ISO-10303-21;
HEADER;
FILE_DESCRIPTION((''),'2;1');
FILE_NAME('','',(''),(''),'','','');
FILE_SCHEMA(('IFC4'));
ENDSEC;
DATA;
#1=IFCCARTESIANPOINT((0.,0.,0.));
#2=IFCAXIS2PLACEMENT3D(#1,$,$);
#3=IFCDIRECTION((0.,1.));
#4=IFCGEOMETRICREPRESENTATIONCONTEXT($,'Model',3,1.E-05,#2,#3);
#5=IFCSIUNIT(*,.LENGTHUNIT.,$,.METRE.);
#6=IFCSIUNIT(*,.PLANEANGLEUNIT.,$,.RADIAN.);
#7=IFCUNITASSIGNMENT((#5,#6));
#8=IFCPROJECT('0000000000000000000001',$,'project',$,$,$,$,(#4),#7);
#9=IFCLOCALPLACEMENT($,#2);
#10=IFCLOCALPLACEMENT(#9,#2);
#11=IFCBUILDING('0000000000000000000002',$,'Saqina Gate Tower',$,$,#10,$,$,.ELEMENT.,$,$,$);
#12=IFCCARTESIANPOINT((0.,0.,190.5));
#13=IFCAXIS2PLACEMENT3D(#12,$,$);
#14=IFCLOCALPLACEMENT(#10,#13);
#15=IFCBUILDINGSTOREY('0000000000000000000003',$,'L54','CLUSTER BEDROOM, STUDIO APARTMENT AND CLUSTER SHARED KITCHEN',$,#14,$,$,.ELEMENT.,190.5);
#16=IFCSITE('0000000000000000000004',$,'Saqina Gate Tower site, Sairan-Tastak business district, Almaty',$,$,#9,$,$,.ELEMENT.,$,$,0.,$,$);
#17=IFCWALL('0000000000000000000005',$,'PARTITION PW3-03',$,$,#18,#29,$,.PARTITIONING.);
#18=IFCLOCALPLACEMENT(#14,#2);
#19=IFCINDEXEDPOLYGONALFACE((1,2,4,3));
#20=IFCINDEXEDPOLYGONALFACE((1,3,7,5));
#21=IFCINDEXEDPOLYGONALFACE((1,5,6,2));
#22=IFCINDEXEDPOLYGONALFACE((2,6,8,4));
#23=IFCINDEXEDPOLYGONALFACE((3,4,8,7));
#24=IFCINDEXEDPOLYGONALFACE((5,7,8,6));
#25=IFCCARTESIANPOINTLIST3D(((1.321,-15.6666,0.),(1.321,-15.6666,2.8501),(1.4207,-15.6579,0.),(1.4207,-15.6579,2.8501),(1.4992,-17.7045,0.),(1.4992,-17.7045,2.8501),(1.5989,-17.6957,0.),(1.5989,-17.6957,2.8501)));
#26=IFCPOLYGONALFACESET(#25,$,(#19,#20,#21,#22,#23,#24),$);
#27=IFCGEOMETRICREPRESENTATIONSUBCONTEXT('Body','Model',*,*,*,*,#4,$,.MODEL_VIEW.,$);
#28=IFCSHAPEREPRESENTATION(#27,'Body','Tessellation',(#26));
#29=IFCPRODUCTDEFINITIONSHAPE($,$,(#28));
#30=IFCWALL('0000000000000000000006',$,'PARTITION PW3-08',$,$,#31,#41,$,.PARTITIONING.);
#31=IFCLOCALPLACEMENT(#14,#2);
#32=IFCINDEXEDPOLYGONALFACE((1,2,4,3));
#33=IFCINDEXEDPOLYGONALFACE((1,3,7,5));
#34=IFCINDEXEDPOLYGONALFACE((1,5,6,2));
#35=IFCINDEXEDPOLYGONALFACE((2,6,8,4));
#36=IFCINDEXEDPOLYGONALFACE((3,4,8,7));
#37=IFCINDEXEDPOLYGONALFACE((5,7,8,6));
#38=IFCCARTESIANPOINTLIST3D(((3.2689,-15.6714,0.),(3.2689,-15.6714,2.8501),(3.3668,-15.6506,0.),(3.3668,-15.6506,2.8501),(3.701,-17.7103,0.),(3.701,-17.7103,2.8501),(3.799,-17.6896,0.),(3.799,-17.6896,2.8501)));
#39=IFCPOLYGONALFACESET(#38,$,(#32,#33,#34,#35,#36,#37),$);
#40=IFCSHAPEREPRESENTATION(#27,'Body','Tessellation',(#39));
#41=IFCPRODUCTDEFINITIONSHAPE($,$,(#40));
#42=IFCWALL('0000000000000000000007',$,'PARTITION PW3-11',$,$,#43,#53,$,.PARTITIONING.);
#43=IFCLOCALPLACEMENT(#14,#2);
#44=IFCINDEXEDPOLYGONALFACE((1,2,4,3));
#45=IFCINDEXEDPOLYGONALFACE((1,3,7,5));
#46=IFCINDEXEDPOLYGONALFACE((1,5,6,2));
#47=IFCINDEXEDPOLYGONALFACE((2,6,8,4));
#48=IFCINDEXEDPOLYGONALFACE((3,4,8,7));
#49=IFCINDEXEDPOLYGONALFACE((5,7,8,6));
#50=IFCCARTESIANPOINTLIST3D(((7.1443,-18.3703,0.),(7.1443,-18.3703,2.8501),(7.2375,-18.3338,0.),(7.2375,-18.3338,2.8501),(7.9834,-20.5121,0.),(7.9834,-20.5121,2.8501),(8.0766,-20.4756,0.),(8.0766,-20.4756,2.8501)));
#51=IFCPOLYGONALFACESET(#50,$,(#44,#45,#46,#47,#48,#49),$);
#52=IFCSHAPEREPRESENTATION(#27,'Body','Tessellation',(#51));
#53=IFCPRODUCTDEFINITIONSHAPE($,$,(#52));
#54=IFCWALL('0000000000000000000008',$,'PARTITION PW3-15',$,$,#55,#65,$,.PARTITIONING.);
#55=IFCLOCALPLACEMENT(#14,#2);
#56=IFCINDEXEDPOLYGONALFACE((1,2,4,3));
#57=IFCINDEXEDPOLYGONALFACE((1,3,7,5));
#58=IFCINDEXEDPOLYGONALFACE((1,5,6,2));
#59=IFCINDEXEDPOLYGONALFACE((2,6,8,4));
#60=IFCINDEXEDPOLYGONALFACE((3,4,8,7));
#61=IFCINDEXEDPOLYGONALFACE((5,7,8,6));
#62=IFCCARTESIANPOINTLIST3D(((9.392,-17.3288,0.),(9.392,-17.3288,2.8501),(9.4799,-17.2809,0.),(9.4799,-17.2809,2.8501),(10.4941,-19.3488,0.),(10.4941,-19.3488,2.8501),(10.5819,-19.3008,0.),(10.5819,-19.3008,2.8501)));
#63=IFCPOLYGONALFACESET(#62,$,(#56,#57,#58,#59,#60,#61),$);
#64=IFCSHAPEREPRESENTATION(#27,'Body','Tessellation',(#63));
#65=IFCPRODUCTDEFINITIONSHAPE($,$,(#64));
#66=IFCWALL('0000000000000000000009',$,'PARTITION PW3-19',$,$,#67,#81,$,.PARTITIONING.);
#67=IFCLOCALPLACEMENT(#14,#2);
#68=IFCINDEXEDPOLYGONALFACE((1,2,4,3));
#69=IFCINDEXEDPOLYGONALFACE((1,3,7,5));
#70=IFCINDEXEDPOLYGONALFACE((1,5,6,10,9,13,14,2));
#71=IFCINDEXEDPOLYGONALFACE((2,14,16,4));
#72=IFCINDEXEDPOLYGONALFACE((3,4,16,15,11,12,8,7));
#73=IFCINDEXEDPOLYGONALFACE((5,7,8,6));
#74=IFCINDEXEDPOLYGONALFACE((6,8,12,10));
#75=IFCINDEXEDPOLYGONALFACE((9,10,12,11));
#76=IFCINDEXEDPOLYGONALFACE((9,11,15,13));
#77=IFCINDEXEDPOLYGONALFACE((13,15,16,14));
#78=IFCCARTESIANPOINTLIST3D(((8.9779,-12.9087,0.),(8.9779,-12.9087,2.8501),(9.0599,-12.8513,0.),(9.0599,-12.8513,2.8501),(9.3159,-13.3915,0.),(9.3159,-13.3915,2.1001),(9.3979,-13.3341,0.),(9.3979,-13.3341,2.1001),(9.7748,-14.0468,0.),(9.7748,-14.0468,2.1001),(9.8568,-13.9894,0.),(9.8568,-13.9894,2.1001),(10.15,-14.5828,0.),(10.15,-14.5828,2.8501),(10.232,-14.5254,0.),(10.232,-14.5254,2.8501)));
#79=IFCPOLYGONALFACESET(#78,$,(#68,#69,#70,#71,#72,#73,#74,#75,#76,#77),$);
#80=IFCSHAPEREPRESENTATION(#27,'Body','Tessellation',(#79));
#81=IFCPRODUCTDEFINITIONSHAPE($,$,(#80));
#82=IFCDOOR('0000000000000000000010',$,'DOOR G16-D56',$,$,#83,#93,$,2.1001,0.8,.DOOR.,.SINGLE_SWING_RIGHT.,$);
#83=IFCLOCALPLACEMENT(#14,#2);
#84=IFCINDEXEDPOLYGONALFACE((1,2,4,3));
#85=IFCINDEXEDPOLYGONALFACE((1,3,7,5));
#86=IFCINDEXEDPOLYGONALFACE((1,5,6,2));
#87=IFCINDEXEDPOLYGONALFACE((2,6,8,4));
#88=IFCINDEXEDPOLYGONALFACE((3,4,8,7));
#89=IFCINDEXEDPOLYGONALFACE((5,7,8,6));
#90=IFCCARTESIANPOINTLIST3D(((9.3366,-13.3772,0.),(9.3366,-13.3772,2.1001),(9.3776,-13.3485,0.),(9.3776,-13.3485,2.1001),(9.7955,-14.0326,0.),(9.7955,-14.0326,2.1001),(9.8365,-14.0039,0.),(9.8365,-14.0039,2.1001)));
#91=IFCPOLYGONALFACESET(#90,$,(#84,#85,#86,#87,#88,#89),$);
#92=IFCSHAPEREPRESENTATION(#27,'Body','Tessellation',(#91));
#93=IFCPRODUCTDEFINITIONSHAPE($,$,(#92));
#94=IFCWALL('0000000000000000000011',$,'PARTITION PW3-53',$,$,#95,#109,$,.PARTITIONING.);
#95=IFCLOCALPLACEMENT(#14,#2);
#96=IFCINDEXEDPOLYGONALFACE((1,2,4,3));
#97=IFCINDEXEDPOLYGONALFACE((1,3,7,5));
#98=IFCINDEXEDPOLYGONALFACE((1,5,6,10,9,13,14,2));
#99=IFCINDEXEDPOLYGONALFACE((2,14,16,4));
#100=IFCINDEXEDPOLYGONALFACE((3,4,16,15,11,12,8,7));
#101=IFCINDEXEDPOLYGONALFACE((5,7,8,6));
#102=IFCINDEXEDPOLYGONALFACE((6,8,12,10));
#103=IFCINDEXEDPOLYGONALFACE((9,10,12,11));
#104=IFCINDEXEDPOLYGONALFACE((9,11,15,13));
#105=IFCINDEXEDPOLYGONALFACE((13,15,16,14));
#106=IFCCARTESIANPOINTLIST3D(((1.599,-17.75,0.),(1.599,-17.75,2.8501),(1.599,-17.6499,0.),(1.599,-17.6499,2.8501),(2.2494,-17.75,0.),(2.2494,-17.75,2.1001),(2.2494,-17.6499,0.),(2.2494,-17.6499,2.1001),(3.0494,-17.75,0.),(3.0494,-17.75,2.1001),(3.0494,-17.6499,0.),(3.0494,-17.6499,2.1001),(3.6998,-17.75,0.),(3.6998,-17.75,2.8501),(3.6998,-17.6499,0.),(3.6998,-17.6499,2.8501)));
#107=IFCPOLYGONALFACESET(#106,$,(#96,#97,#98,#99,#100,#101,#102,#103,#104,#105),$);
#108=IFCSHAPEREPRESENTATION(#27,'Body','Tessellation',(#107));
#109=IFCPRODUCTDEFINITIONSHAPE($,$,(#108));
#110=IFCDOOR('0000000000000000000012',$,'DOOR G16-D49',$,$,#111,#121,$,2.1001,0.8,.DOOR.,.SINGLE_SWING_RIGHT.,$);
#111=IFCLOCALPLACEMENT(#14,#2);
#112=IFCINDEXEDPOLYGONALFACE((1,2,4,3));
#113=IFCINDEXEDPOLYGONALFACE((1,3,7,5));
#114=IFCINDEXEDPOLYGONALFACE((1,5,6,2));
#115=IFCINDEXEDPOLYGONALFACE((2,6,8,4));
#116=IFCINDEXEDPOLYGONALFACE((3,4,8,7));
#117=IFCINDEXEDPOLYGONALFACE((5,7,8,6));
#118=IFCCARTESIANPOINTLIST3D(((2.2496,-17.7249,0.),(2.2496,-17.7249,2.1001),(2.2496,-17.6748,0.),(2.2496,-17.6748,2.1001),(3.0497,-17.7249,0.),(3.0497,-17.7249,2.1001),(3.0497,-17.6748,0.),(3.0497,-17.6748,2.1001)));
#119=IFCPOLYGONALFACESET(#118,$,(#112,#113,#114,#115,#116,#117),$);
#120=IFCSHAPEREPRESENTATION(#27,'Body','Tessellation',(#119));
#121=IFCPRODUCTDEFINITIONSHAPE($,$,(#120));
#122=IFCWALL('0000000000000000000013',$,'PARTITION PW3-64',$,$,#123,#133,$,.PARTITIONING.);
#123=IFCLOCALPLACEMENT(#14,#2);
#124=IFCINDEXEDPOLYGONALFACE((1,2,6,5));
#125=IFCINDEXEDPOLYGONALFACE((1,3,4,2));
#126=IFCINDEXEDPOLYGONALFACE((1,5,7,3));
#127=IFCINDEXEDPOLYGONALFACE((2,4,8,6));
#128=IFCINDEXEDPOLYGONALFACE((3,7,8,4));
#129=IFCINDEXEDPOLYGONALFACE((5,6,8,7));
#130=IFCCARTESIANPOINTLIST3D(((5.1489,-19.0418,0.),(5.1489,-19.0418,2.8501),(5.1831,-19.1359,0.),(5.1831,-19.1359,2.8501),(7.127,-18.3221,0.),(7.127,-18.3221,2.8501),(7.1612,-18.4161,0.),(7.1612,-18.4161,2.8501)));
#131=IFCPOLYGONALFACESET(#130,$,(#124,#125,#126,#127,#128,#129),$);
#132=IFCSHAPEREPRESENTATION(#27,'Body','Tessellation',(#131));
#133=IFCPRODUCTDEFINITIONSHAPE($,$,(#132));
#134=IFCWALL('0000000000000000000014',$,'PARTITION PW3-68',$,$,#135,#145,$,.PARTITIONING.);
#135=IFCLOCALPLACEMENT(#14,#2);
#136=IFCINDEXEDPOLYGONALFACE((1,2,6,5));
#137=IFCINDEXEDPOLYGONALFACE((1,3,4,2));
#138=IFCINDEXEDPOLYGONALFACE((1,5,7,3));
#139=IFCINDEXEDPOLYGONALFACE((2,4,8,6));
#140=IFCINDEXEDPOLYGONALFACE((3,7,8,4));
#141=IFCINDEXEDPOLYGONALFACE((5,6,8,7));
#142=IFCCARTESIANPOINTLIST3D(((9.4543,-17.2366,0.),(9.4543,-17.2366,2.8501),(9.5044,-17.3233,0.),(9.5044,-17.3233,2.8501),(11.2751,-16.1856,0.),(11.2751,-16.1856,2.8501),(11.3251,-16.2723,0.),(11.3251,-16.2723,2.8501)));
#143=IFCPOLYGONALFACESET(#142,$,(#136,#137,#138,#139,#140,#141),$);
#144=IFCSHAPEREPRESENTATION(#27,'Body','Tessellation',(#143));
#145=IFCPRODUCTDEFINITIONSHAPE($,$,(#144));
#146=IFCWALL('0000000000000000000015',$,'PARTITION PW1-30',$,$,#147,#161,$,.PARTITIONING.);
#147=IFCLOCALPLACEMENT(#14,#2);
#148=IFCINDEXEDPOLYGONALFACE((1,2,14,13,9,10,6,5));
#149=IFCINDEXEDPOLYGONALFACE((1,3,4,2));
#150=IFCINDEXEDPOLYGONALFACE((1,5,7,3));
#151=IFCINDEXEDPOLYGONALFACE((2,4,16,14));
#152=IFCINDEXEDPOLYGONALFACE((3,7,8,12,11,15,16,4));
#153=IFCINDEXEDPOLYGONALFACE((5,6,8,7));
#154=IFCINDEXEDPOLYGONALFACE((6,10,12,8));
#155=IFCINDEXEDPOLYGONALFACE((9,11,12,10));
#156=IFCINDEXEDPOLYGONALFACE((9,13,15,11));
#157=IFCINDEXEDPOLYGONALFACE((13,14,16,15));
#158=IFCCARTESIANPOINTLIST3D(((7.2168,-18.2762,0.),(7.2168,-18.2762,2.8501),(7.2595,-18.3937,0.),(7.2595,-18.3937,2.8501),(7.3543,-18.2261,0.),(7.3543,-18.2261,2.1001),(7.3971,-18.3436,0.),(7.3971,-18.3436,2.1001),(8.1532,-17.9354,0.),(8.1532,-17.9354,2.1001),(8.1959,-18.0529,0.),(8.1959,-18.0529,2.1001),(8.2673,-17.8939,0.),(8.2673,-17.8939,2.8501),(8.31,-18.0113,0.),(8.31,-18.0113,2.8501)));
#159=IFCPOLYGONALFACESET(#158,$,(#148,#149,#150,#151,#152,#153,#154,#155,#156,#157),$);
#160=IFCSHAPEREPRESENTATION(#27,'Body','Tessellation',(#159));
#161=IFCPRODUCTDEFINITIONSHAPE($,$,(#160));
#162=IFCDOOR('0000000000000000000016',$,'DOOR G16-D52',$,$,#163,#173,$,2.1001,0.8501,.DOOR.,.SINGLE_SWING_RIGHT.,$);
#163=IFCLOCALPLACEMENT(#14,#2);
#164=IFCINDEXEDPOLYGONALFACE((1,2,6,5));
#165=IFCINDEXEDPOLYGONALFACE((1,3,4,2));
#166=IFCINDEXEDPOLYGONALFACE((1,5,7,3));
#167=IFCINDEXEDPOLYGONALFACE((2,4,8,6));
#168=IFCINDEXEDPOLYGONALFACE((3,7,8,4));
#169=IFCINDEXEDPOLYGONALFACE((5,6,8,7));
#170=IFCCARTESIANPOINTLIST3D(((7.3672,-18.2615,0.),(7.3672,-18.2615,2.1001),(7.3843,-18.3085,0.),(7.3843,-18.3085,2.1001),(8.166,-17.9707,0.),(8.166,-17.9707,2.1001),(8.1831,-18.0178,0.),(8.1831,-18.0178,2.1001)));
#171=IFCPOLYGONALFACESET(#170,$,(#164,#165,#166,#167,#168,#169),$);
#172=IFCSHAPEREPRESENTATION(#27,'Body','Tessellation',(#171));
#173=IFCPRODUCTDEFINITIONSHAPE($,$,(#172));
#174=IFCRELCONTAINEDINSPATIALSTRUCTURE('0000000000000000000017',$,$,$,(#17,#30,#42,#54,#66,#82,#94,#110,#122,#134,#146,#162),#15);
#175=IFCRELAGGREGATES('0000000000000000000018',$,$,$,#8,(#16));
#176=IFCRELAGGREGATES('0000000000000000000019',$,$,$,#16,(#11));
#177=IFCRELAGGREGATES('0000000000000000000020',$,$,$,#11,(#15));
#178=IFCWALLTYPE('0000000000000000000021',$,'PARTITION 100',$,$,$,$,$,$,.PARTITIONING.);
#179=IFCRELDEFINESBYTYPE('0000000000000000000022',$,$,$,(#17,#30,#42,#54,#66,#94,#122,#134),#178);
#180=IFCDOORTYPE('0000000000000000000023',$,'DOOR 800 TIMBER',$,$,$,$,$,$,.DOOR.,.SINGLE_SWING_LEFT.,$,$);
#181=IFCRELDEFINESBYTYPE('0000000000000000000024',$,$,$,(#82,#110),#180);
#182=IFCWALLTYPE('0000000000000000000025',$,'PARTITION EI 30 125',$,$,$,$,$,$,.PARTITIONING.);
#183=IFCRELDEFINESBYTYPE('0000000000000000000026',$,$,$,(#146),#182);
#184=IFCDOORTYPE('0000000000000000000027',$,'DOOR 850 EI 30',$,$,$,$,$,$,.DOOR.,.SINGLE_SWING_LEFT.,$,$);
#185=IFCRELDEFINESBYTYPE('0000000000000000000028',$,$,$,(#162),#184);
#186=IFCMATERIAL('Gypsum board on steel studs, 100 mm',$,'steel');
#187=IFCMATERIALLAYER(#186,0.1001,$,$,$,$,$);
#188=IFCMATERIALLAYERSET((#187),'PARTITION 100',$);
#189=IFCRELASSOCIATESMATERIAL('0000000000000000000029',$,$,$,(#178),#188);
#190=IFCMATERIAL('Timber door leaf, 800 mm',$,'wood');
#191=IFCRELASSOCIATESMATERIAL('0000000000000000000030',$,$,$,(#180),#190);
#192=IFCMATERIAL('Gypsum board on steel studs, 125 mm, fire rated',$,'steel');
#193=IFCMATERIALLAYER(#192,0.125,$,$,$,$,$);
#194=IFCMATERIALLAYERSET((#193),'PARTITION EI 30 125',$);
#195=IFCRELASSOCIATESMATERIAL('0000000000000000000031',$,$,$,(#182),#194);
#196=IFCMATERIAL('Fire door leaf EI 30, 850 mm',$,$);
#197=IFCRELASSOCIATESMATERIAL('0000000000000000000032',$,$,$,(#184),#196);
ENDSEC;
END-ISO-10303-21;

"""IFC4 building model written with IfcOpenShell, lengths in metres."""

from ifc_helpers import new_model, si_unit, direction, frame, frame_2d, origin, place, context, subcontext, project, spatial, rectangle, extrude, material, layer, layer_set, type_object, element, fill, save


model = new_model("IFC4")

# Units and contexts
model_context = context("Model", 3, precision=1e-05, world=origin(), true_north=direction((0.0, 1.0)))
body_context = subcontext(model_context, "Body", "Model", "MODEL_VIEW")
ifc_project = project(units=[si_unit("LENGTHUNIT", "METRE"), si_unit("PLANEANGLEUNIT", "RADIAN")], contexts=[model_context])

# Site, building, storey
site_placement = place(None, origin())
site = spatial("IfcSite", under=ifc_project, at=site_placement, Name="Saqina Gate Tower site, Sairan-Tastak business district, Almaty", CompositionType="ELEMENT", RefElevation=0.0)
building_placement = place(site_placement, origin())
building = spatial("IfcBuilding", under=site, at=building_placement, Name="Saqina Gate Tower", CompositionType="ELEMENT")
storey_placement = place(building_placement, frame((0.0, 0.0, 190.5)))
storey = spatial("IfcBuildingStorey", under=building, at=storey_placement, Name="L54", Description="CLUSTER BEDROOM, STUDIO APARTMENT AND CLUSTER SHARED KITCHEN", CompositionType="ELEMENT", Elevation=190.5)

# Walls
ifc_material_1 = material(Name="Gypsum board on steel studs, 100 mm", Category="steel")
ifc_layer_1 = layer(ifc_material_1, 0.1001)
ifc_layer_set_1 = layer_set([ifc_layer_1], Name="PARTITION 100")
wall_type_1 = type_object("IfcWallType", Name="PARTITION 100", PredefinedType="PARTITIONING", material=ifc_layer_set_1)
wall_1_placement = place(storey_placement, frame((1.3708, -15.6621, 0.0), z_axis=(0.0, 0.0, 1.0), x_axis=(0.087124, -0.996197, 0.0)))
element("IfcWall", 1, at=wall_1_placement, inside=storey, type_object=wall_type_1, Name="PARTITION PW3-03", PredefinedType="PARTITIONING", context=body_context, shape_type="SweptSolid", body=[
    extrude(rectangle(XDim=2.0457, YDim=0.1001, at=frame_2d((1.0229, 0.0))), origin(), (0.0, 0.0, 1.0), 2.8501),
])
wall_2_placement = place(storey_placement, frame((3.3179, -15.6611, 0.0), z_axis=(0.0, 0.0, 1.0), x_axis=(0.207345, -0.978268, 0.0)))
element("IfcWall", 2, at=wall_2_placement, inside=storey, type_object=wall_type_1, Name="PARTITION PW3-08", PredefinedType="PARTITIONING", context=body_context, shape_type="SweptSolid", body=[
    extrude(rectangle(XDim=2.0842, YDim=0.1001, at=frame_2d((1.042, 0.0))), origin(), (0.0, 0.0, 1.0), 2.8501),
])
wall_3_placement = place(storey_placement, frame((7.1909, -18.3521, 0.0), z_axis=(0.0, 0.0, 1.0), x_axis=(0.364775, -0.931096, 0.0)))
element("IfcWall", 3, at=wall_3_placement, inside=storey, type_object=wall_type_1, Name="PARTITION PW3-11", PredefinedType="PARTITIONING", context=body_context, shape_type="SweptSolid", body=[
    extrude(rectangle(XDim=2.3003, YDim=0.1001, at=frame_2d((1.1501, 0.0))), origin(), (0.0, 0.0, 1.0), 2.8501),
])
wall_4_placement = place(storey_placement, frame((9.436, -17.3049, 0.0), z_axis=(0.0, 0.0, 1.0), x_axis=(0.478926, -0.877855, 0.0)))
element("IfcWall", 4, at=wall_4_placement, inside=storey, type_object=wall_type_1, Name="PARTITION PW3-15", PredefinedType="PARTITIONING", context=body_context, shape_type="SweptSolid", body=[
    extrude(rectangle(XDim=2.301, YDim=0.1001, at=frame_2d((1.1504, 0.0))), origin(), (0.0, 0.0, 1.0), 2.8501),
])

# Walls, openings, doors
wall_5_placement = place(storey_placement, frame((9.0188, -12.8799, 0.0), z_axis=(0.0, 0.0, 1.0), x_axis=(0.573551, -0.81917, 0.0)))
wall_5 = element("IfcWall", 5, at=wall_5_placement, inside=storey, type_object=wall_type_1, Name="PARTITION PW3-19", PredefinedType="PARTITIONING", context=body_context, shape_type="SweptSolid", body=[
    extrude(rectangle(XDim=2.0437, YDim=0.1001, at=frame_2d((1.022, 0.0))), origin(), (0.0, 0.0, 1.0), 2.8501),
])
opening_1_placement = place(wall_5_placement, frame((0.5896, 0.0, 0.0)))
opening_1 = element("IfcOpeningElement", 6, at=opening_1_placement, cuts=wall_5, PredefinedType="OPENING", context=body_context, shape_type="SweptSolid", body=[
    extrude(rectangle(XDim=0.8, YDim=2.1001, at=frame_2d((0.3999, 1.05))), frame((0.0, 0.062, 0.0), z_axis=(0.0, -1.0, 0.0), x_axis=(1.0, 0.0, 0.0)), (0.0, 0.0, 1.0), 0.124),
])
ifc_material_2 = material(Name="Timber door leaf, 800 mm", Category="wood")
door_type_1 = type_object("IfcDoorType", Name="DOOR 800 TIMBER", OperationType="SINGLE_SWING_LEFT", PredefinedType="DOOR", material=ifc_material_2)
door_1_placement = place(opening_1_placement, frame((0.8, 0.0, 0.0), z_axis=(0.0, 0.0, 1.0), x_axis=(-1.0, 0.0, 0.0)))
door_1 = element("IfcDoor", 7, at=door_1_placement, inside=storey, type_object=door_type_1, Name="DOOR G16-D56", OperationType="SINGLE_SWING_RIGHT", OverallHeight=2.1001, OverallWidth=0.8, PredefinedType="DOOR", context=body_context, shape_type="SweptSolid", body=[
    extrude(rectangle(XDim=0.8, YDim=2.1001, at=frame_2d((0.3999, 1.05))), frame((0.0, 0.0249, 0.0), z_axis=(0.0, -1.0, 0.0), x_axis=(1.0, 0.0, 0.0)), (0.0, 0.0, 1.0), 0.05),
])
fill(opening_1, door_1)
wall_6_placement = place(storey_placement, frame((1.5991, -17.7, 0.0), z_axis=(0.0, 0.0, 1.0), x_axis=(1.0, 0.0, 0.0)))
wall_6 = element("IfcWall", 8, at=wall_6_placement, inside=storey, type_object=wall_type_1, Name="PARTITION PW3-53", PredefinedType="PARTITIONING", context=body_context, shape_type="SweptSolid", body=[
    extrude(rectangle(XDim=2.1008, YDim=0.1001, at=frame_2d((1.0503, 0.0))), origin(), (0.0, 0.0, 1.0), 2.8501),
])
opening_2_placement = place(wall_6_placement, frame((0.6504, 0.0, 0.0)))
opening_2 = element("IfcOpeningElement", 9, at=opening_2_placement, cuts=wall_6, PredefinedType="OPENING", context=body_context, shape_type="SweptSolid", body=[
    extrude(rectangle(XDim=0.8, YDim=2.1001, at=frame_2d((0.3999, 1.05))), frame((0.0, 0.062, 0.0), z_axis=(0.0, -1.0, 0.0), x_axis=(1.0, 0.0, 0.0)), (0.0, 0.0, 1.0), 0.124),
])
door_2_placement = place(opening_2_placement, frame((0.8, 0.0, 0.0), z_axis=(0.0, 0.0, 1.0), x_axis=(-1.0, 0.0, 0.0)))
door_2 = element("IfcDoor", 10, at=door_2_placement, inside=storey, type_object=door_type_1, Name="DOOR G16-D49", OperationType="SINGLE_SWING_RIGHT", OverallHeight=2.1001, OverallWidth=0.8, PredefinedType="DOOR", context=body_context, shape_type="SweptSolid", body=[
    extrude(rectangle(XDim=0.8, YDim=2.1001, at=frame_2d((0.3999, 1.05))), frame((0.0, 0.0249, 0.0), z_axis=(0.0, -1.0, 0.0), x_axis=(1.0, 0.0, 0.0)), (0.0, 0.0, 1.0), 0.05),
])
fill(opening_2, door_2)

# Walls
wall_7_placement = place(storey_placement, frame((5.166, -19.0889, 0.0), z_axis=(0.0, 0.0, 1.0), x_axis=(0.939726, 0.341929, 0.0)))
element("IfcWall", 11, at=wall_7_placement, inside=storey, type_object=wall_type_1, Name="PARTITION PW3-64", PredefinedType="PARTITIONING", context=body_context, shape_type="SweptSolid", body=[
    extrude(rectangle(XDim=2.105, YDim=0.1001, at=frame_2d((1.0525, 0.0))), origin(), (0.0, 0.0, 1.0), 2.8501),
])
wall_8_placement = place(storey_placement, frame((9.4792, -17.28, 0.0), z_axis=(0.0, 0.0, 1.0), x_axis=(0.86607, 0.499924, 0.0)))
element("IfcWall", 12, at=wall_8_placement, inside=storey, type_object=wall_type_1, Name="PARTITION PW3-68", PredefinedType="PARTITIONING", context=body_context, shape_type="SweptSolid", body=[
    extrude(rectangle(XDim=2.1023, YDim=0.1001, at=frame_2d((1.0513, 0.0))), origin(), (0.0, 0.0, 1.0), 2.8501),
])

# Wall, opening, door
ifc_material_3 = material(Name="Gypsum board on steel studs, 125 mm, fire rated", Category="steel")
ifc_layer_2 = layer(ifc_material_3, 0.125)
ifc_layer_set_2 = layer_set([ifc_layer_2], Name="PARTITION EI 30 125")
wall_type_2 = type_object("IfcWallType", Name="PARTITION EI 30 125", PredefinedType="PARTITIONING", material=ifc_layer_set_2)
wall_9_placement = place(storey_placement, frame((7.238, -18.335, 0.0), z_axis=(0.0, 0.0, 1.0), x_axis=(0.939704, 0.341989, 0.0)))
wall_9 = element("IfcWall", 13, at=wall_9_placement, inside=storey, type_object=wall_type_2, Name="PARTITION PW1-30", PredefinedType="PARTITIONING", context=body_context, shape_type="SweptSolid", body=[
    extrude(rectangle(XDim=1.1179, YDim=0.125, at=frame_2d((0.5591, 0.0))), origin(), (0.0, 0.0, 1.0), 2.8501),
])
opening_3_placement = place(wall_9_placement, frame((0.1465, 0.0, 0.0)))
opening_3 = element("IfcOpeningElement", 14, at=opening_3_placement, cuts=wall_9, PredefinedType="OPENING", context=body_context, shape_type="SweptSolid", body=[
    extrude(rectangle(XDim=0.8501, YDim=2.1001, at=frame_2d((0.425, 1.05))), frame((0.0, 0.0745, 0.0), z_axis=(0.0, -1.0, 0.0), x_axis=(1.0, 0.0, 0.0)), (0.0, 0.0, 1.0), 0.1489),
])
ifc_material_4 = material(Name="Fire door leaf EI 30, 850 mm")
door_type_2 = type_object("IfcDoorType", Name="DOOR 850 EI 30", OperationType="SINGLE_SWING_LEFT", PredefinedType="DOOR", material=ifc_material_4)
door_3_placement = place(opening_3_placement, origin())
door_3 = element("IfcDoor", 15, at=door_3_placement, inside=storey, type_object=door_type_2, Name="DOOR G16-D52", OperationType="SINGLE_SWING_RIGHT", OverallHeight=2.1001, OverallWidth=0.8501, PredefinedType="DOOR", context=body_context, shape_type="SweptSolid", body=[
    extrude(rectangle(XDim=0.8501, YDim=2.1001, at=frame_2d((0.425, 1.05))), frame((0.0, 0.0249, 0.0), z_axis=(0.0, -1.0, 0.0), x_axis=(1.0, 0.0, 0.0)), (0.0, 0.0, 1.0), 0.05),
])
fill(opening_3, door_3)

save(model, "model.ifc")
